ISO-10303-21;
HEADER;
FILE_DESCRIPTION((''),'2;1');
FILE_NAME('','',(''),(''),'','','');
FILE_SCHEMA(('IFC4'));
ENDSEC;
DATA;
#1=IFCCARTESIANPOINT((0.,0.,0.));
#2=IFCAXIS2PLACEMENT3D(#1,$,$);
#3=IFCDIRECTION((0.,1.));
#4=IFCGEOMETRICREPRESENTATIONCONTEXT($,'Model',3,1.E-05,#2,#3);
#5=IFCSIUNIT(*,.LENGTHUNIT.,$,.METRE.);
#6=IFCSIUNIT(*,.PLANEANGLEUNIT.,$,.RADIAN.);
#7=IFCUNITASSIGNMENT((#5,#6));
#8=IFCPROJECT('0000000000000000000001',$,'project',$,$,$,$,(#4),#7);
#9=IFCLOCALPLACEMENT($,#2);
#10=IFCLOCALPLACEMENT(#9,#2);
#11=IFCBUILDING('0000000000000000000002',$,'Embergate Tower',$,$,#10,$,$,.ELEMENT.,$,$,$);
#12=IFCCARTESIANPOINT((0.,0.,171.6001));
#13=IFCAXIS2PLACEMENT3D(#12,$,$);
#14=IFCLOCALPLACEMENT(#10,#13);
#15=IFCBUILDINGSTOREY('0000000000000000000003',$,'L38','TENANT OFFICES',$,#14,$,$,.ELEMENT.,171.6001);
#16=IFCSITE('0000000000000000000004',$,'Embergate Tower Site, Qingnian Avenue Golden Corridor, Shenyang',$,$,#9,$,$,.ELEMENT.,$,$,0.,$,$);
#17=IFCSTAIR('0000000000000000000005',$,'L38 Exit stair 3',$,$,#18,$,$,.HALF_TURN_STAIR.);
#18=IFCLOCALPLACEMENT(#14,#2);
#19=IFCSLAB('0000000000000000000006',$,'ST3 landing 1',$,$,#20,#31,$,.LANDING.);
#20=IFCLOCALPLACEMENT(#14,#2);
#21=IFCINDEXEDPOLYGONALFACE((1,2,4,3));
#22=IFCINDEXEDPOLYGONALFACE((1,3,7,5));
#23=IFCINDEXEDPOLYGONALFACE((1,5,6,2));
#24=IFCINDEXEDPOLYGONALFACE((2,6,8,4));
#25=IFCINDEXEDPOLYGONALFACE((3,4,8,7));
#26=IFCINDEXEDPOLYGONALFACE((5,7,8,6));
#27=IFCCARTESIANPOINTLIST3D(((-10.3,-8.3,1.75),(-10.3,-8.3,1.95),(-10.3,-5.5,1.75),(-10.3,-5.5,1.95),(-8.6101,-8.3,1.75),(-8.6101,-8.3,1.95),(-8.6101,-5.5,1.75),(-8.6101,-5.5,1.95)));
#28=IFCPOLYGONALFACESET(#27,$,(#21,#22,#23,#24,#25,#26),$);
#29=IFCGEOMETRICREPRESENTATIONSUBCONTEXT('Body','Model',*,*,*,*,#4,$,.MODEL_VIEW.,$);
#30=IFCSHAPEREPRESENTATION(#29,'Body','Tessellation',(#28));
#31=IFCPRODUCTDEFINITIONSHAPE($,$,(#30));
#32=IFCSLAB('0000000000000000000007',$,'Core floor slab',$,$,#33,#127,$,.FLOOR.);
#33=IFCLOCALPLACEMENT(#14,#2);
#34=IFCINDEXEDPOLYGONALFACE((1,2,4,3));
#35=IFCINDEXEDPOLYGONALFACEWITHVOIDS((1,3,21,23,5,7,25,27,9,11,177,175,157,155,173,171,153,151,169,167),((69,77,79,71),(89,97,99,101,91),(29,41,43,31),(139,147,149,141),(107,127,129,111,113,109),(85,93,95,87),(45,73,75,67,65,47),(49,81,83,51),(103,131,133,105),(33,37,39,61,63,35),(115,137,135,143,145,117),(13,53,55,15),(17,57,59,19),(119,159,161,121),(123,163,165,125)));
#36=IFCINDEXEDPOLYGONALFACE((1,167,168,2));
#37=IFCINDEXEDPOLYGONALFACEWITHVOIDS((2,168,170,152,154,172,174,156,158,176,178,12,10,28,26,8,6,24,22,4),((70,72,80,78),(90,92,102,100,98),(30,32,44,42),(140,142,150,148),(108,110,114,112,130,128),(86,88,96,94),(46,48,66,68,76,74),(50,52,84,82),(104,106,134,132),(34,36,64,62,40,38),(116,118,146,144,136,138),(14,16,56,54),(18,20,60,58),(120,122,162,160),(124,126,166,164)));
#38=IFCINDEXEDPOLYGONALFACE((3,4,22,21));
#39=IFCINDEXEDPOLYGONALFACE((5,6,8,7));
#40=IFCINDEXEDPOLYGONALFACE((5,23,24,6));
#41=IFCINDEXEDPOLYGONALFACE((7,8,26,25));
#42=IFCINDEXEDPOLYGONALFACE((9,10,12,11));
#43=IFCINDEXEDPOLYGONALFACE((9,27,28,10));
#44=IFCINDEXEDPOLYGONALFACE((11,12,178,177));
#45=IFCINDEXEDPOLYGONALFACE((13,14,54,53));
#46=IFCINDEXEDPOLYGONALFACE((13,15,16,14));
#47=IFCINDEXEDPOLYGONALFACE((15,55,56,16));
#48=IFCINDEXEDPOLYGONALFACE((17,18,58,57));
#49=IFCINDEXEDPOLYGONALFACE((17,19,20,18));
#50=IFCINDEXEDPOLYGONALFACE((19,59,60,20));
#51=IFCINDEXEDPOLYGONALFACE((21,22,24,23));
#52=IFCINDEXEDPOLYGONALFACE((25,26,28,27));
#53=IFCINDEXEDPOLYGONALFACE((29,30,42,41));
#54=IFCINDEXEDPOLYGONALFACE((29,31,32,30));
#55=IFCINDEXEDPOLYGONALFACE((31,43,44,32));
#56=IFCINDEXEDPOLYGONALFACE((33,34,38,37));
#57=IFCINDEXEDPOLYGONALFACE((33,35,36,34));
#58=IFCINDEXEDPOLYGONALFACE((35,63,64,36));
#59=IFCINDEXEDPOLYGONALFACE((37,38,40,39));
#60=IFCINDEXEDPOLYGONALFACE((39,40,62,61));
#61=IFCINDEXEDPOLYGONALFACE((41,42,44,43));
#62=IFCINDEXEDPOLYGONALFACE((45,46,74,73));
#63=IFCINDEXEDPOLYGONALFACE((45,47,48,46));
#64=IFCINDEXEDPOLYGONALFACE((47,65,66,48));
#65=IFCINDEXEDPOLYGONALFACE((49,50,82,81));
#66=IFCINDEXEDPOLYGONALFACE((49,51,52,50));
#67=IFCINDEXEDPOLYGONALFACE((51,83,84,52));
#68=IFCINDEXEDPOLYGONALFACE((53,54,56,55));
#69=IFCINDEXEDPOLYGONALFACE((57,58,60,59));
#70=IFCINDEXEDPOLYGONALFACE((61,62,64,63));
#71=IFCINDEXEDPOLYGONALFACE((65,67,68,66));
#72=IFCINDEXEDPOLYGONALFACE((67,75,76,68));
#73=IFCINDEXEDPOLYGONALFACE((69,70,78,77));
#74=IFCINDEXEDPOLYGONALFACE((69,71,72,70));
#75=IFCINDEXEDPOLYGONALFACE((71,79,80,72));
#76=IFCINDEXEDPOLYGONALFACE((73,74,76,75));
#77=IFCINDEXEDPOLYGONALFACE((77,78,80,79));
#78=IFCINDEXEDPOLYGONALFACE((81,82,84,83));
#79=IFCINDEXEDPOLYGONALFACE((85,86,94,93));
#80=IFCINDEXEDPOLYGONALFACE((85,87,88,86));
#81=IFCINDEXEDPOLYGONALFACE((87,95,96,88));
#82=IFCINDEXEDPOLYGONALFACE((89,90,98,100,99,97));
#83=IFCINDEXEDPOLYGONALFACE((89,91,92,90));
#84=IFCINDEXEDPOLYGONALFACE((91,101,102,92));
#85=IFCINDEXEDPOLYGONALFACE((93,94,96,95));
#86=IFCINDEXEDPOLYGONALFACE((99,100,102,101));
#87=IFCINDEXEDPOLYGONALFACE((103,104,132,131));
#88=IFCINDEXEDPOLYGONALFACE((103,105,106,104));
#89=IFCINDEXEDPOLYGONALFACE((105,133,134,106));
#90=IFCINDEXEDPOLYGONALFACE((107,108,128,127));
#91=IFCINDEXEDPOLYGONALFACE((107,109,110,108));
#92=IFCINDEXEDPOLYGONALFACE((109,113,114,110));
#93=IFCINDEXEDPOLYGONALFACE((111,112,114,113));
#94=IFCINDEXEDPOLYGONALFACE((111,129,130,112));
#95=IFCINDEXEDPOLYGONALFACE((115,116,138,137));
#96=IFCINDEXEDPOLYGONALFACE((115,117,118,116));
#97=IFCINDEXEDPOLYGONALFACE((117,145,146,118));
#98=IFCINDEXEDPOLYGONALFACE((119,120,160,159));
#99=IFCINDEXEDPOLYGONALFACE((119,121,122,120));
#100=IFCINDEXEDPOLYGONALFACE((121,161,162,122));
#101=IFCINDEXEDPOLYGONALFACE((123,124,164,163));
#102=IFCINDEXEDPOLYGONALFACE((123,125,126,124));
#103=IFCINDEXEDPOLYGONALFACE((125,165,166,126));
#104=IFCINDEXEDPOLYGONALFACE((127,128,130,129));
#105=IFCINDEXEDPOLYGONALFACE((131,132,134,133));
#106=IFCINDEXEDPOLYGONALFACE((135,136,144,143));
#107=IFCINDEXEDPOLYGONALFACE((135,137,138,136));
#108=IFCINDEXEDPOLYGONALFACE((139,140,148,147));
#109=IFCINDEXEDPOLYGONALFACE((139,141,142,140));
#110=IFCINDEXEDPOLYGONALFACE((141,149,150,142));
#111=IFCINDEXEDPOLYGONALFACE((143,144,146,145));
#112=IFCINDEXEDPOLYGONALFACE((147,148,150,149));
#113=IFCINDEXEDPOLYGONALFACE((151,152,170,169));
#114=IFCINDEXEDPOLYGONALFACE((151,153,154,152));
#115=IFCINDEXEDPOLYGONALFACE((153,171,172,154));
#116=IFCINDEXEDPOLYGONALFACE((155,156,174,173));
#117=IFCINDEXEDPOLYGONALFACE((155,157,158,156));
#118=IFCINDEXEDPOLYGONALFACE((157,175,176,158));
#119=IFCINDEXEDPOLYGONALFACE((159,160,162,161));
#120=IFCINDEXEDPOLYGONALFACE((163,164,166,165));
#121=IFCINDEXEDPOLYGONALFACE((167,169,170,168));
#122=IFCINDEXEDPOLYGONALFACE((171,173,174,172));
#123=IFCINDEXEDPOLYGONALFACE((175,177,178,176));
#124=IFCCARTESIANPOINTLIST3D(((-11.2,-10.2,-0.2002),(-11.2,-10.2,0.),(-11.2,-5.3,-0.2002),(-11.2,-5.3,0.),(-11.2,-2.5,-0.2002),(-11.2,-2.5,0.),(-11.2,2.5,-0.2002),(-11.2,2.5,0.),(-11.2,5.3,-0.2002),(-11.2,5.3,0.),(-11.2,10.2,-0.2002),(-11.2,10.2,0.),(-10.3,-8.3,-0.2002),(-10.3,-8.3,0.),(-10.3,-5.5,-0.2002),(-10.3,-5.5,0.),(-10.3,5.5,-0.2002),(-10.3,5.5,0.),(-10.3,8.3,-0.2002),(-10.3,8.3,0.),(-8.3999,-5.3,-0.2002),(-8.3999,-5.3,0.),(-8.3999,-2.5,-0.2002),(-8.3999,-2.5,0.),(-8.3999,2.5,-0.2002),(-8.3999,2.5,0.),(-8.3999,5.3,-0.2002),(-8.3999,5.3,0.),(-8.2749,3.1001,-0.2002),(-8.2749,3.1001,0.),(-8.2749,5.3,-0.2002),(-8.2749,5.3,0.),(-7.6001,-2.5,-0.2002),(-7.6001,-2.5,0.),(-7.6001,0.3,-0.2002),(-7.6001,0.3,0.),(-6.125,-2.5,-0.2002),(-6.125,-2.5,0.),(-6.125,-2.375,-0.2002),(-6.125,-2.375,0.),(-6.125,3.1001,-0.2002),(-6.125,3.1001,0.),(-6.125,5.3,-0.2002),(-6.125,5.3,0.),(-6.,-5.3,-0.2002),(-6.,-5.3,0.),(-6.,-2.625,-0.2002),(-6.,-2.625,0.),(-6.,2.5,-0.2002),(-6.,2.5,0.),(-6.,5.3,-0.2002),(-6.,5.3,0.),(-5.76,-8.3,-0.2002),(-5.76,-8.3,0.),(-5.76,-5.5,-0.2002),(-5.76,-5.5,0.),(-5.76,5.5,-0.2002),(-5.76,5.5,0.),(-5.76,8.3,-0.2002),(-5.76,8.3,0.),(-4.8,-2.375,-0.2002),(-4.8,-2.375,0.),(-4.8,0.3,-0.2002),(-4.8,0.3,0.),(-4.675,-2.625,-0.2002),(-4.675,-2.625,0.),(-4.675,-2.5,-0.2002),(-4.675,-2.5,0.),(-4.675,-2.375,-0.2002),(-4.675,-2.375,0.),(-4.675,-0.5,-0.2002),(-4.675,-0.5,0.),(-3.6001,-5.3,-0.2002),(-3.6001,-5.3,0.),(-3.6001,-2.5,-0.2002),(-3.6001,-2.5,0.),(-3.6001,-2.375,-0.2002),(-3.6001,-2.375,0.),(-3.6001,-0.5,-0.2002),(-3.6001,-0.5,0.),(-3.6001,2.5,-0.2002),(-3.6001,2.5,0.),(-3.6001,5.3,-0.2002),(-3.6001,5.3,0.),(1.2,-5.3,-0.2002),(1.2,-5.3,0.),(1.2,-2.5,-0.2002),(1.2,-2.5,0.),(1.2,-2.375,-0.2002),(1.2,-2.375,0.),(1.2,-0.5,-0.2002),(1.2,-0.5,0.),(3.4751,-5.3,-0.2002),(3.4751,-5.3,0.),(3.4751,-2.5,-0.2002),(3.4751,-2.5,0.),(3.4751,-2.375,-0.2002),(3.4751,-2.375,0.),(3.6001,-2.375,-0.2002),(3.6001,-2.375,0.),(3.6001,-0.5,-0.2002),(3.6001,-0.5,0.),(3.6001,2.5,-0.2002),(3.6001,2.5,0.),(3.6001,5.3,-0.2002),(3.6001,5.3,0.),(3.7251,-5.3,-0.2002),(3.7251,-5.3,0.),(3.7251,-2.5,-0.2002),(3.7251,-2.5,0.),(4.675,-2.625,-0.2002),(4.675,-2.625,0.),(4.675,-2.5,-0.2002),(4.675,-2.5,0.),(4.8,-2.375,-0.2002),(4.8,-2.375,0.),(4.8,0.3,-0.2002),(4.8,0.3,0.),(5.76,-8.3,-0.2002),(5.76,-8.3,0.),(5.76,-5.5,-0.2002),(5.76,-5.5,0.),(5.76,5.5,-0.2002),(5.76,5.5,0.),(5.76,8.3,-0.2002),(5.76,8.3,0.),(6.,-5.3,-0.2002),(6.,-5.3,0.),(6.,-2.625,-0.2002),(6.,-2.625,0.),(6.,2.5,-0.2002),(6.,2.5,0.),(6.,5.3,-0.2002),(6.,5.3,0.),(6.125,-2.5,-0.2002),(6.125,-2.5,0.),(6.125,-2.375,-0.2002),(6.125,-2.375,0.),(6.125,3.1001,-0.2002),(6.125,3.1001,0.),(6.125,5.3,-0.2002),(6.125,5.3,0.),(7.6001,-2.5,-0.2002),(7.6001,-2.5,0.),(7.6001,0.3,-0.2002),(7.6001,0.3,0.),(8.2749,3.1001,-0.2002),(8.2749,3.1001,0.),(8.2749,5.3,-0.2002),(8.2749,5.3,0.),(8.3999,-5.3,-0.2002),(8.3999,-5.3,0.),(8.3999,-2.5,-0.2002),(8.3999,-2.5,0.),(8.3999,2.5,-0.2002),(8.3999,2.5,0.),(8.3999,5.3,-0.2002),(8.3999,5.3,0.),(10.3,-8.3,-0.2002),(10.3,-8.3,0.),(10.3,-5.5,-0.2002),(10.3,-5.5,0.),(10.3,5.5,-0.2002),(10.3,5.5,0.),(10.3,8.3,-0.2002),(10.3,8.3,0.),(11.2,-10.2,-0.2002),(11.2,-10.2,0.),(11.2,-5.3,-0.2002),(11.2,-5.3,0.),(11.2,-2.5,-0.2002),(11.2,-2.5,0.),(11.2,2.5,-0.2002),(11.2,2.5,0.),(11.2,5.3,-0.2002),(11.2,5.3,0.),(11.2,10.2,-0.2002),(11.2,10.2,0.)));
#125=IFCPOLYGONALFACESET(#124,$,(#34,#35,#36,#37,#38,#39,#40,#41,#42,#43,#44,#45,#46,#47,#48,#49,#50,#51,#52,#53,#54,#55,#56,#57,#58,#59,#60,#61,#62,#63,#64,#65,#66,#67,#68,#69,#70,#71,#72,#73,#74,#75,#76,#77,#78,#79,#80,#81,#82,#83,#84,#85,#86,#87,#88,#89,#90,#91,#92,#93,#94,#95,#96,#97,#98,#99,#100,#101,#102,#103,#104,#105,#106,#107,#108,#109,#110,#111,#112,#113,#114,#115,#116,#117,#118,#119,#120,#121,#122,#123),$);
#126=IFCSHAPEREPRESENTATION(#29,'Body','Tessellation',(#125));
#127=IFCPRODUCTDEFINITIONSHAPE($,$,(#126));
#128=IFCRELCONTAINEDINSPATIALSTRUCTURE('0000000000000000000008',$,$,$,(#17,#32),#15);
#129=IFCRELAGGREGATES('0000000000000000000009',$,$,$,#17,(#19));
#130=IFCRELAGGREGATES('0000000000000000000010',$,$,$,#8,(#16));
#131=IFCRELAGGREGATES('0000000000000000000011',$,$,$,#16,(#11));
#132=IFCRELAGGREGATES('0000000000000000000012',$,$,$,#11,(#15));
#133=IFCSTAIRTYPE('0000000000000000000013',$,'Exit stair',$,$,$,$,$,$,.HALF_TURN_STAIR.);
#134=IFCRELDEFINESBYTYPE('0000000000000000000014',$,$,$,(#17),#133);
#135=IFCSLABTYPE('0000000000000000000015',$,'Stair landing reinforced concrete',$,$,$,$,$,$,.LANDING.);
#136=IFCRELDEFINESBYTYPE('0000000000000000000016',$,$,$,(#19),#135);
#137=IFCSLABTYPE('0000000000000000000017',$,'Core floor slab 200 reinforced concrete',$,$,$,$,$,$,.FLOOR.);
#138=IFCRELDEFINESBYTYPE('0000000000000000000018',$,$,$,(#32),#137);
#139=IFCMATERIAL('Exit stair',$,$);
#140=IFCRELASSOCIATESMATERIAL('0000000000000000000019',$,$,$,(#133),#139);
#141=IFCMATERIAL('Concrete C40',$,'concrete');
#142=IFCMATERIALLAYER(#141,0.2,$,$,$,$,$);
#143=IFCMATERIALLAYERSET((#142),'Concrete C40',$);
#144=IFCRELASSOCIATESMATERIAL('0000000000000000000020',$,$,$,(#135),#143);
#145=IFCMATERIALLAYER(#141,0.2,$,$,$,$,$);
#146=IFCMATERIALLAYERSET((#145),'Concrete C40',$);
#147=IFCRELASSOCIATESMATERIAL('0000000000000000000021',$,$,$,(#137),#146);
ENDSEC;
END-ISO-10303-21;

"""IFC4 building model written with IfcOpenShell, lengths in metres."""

from ifc_helpers import new_model, si_unit, direction, frame, origin, place, context, subcontext, project, spatial, polyline, outline, extrude, source, transform, mapped, material, layer, layer_set, type_object, element, aggregate, save


model = new_model("IFC4")

# Units and contexts
model_context = context("Model", 3, precision=1e-05, world=origin(), true_north=direction((0.0, 1.0)))
body_context = subcontext(model_context, "Body", "Model", "MODEL_VIEW")
ifc_project = project(units=[si_unit("LENGTHUNIT", "METRE"), si_unit("PLANEANGLEUNIT", "RADIAN")], contexts=[model_context])

# Site, building, storey
site_placement = place(None, origin())
site = spatial("IfcSite", under=ifc_project, at=site_placement, Name="Embergate Tower Site, Qingnian Avenue Golden Corridor, Shenyang", CompositionType="ELEMENT", RefElevation=0.0)
building_placement = place(site_placement, origin())
building = spatial("IfcBuilding", under=site, at=building_placement, Name="Embergate Tower", CompositionType="ELEMENT")
storey_placement = place(building_placement, frame((0.0, 0.0, 171.6001)))
storey = spatial("IfcBuildingStorey", under=building, at=storey_placement, Name="L38", Description="TENANT OFFICES", CompositionType="ELEMENT", Elevation=171.6001)

# Stair, slab
ifc_material_1 = material(Name="Exit stair")
stair_type = type_object("IfcStairType", Name="Exit stair", PredefinedType="HALF_TURN_STAIR", material=ifc_material_1)
stair_placement = place(storey_placement, origin())
stair = element("IfcStair", 1, at=stair_placement, inside=storey, type_object=stair_type, Name="L38 Exit stair 3", PredefinedType="HALF_TURN_STAIR")
ifc_material_2 = material(Name="Concrete C40", Category="concrete")
ifc_layer_1 = layer(ifc_material_2, 0.2)
ifc_layer_set_1 = layer_set([ifc_layer_1], Name="Concrete C40")
slab_type_1 = type_object("IfcSlabType", Name="Stair landing reinforced concrete", PredefinedType="LANDING", material=ifc_layer_set_1)
shared_shape_1 = source(origin(), body_context, "Body", "SweptSolid", [
    extrude(outline(polyline([(0.0, 0.0), (1.6899, 0.0), (1.6899, 2.8), (0.0, 2.8), (0.0, 0.0)])), origin(), (0.0, 0.0, 1.0), 0.2),
])
slab_1_placement = place(storey_placement, frame((-10.3, -8.3, 1.75)))
slab_1 = element("IfcSlab", 2, at=slab_1_placement, type_object=slab_type_1, Name="ST3 landing 1", PredefinedType="LANDING", context=body_context, shape_type="MappedRepresentation", body=[
    mapped(shared_shape_1, transform((0.0, 0.0, 0.0))),
])

# Slab
ifc_layer_2 = layer(ifc_material_2, 0.2)
ifc_layer_set_2 = layer_set([ifc_layer_2], Name="Concrete C40")
slab_type_2 = type_object("IfcSlabType", Name="Core floor slab 200 reinforced concrete", PredefinedType="FLOOR", material=ifc_layer_set_2)
shared_shape_2 = source(origin(), body_context, "Body", "SweptSolid", [
    extrude(outline(polyline([(0.0, 0.0), (22.3999, 0.0), (22.3999, 4.8999), (19.5999, 4.8999), (19.5999, 7.7), (22.3999, 7.7), (22.3999, 12.7), (19.5999, 12.7), (19.5999, 15.5), (22.3999, 15.5), (22.3999, 20.3999), (0.0, 20.3999), (0.0, 15.5), (2.8, 15.5), (2.8, 12.7), (0.0, 12.7), (0.0, 7.7), (2.8, 7.7), (2.8, 4.8999), (0.0, 4.8999), (0.0, 0.0)]), holes=[polyline([(0.8999, 1.8999), (0.8999, 4.7), (5.4399, 4.7), (5.4399, 1.8999), (0.8999, 1.8999)]), polyline([(16.96, 1.8999), (16.96, 4.7), (21.5, 4.7), (21.5, 1.8999), (16.96, 1.8999)]), polyline([(5.2, 4.8999), (5.2, 7.575), (6.5249, 7.575), (6.5249, 7.7), (7.5999, 7.7), (7.5999, 4.8999), (5.2, 4.8999)]), polyline([(12.3999, 4.8999), (12.3999, 7.7), (14.675, 7.7), (14.675, 4.8999), (12.3999, 4.8999)]), polyline([(14.925, 4.8999), (14.925, 7.7), (15.875, 7.7), (15.875, 7.575), (17.2, 7.575), (17.2, 4.8999), (14.925, 4.8999)]), polyline([(3.5999, 7.7), (3.5999, 10.5), (6.3999, 10.5), (6.3999, 7.825), (5.075, 7.825), (5.075, 7.7), (3.5999, 7.7)]), polyline([(17.325, 7.7), (17.325, 7.825), (16.0, 7.825), (16.0, 10.5), (18.8, 10.5), (18.8, 7.7), (17.325, 7.7)]), polyline([(6.5249, 7.825), (6.5249, 9.7), (7.5999, 9.7), (7.5999, 7.825), (6.5249, 7.825)]), polyline([(12.3999, 7.825), (12.3999, 9.7), (14.8, 9.7), (14.8, 7.825), (14.675, 7.825), (12.3999, 7.825)]), polyline([(5.2, 12.7), (5.2, 15.5), (7.5999, 15.5), (7.5999, 12.7), (5.2, 12.7)]), polyline([(14.8, 12.7), (14.8, 15.5), (17.2, 15.5), (17.2, 12.7), (14.8, 12.7)]), polyline([(2.925, 13.3), (2.925, 15.5), (5.075, 15.5), (5.075, 13.3), (2.925, 13.3)]), polyline([(17.325, 13.3), (17.325, 15.5), (19.4749, 15.5), (19.4749, 13.3), (17.325, 13.3)]), polyline([(0.8999, 15.7), (0.8999, 18.5), (5.4399, 18.5), (5.4399, 15.7), (0.8999, 15.7)]), polyline([(16.96, 15.7), (16.96, 18.5), (21.5, 18.5), (21.5, 15.7), (16.96, 15.7)])]), origin(), (0.0, 0.0, 1.0), 0.2002),
])
slab_2_placement = place(storey_placement, frame((-11.2, -10.2, -0.2002)))
element("IfcSlab", 3, at=slab_2_placement, inside=storey, type_object=slab_type_2, Name="Core floor slab", PredefinedType="FLOOR", context=body_context, shape_type="MappedRepresentation", body=[
    mapped(shared_shape_2, transform((0.0, 0.0, 0.0))),
])

aggregate(stair, [slab_1])

save(model, "model.ifc")
